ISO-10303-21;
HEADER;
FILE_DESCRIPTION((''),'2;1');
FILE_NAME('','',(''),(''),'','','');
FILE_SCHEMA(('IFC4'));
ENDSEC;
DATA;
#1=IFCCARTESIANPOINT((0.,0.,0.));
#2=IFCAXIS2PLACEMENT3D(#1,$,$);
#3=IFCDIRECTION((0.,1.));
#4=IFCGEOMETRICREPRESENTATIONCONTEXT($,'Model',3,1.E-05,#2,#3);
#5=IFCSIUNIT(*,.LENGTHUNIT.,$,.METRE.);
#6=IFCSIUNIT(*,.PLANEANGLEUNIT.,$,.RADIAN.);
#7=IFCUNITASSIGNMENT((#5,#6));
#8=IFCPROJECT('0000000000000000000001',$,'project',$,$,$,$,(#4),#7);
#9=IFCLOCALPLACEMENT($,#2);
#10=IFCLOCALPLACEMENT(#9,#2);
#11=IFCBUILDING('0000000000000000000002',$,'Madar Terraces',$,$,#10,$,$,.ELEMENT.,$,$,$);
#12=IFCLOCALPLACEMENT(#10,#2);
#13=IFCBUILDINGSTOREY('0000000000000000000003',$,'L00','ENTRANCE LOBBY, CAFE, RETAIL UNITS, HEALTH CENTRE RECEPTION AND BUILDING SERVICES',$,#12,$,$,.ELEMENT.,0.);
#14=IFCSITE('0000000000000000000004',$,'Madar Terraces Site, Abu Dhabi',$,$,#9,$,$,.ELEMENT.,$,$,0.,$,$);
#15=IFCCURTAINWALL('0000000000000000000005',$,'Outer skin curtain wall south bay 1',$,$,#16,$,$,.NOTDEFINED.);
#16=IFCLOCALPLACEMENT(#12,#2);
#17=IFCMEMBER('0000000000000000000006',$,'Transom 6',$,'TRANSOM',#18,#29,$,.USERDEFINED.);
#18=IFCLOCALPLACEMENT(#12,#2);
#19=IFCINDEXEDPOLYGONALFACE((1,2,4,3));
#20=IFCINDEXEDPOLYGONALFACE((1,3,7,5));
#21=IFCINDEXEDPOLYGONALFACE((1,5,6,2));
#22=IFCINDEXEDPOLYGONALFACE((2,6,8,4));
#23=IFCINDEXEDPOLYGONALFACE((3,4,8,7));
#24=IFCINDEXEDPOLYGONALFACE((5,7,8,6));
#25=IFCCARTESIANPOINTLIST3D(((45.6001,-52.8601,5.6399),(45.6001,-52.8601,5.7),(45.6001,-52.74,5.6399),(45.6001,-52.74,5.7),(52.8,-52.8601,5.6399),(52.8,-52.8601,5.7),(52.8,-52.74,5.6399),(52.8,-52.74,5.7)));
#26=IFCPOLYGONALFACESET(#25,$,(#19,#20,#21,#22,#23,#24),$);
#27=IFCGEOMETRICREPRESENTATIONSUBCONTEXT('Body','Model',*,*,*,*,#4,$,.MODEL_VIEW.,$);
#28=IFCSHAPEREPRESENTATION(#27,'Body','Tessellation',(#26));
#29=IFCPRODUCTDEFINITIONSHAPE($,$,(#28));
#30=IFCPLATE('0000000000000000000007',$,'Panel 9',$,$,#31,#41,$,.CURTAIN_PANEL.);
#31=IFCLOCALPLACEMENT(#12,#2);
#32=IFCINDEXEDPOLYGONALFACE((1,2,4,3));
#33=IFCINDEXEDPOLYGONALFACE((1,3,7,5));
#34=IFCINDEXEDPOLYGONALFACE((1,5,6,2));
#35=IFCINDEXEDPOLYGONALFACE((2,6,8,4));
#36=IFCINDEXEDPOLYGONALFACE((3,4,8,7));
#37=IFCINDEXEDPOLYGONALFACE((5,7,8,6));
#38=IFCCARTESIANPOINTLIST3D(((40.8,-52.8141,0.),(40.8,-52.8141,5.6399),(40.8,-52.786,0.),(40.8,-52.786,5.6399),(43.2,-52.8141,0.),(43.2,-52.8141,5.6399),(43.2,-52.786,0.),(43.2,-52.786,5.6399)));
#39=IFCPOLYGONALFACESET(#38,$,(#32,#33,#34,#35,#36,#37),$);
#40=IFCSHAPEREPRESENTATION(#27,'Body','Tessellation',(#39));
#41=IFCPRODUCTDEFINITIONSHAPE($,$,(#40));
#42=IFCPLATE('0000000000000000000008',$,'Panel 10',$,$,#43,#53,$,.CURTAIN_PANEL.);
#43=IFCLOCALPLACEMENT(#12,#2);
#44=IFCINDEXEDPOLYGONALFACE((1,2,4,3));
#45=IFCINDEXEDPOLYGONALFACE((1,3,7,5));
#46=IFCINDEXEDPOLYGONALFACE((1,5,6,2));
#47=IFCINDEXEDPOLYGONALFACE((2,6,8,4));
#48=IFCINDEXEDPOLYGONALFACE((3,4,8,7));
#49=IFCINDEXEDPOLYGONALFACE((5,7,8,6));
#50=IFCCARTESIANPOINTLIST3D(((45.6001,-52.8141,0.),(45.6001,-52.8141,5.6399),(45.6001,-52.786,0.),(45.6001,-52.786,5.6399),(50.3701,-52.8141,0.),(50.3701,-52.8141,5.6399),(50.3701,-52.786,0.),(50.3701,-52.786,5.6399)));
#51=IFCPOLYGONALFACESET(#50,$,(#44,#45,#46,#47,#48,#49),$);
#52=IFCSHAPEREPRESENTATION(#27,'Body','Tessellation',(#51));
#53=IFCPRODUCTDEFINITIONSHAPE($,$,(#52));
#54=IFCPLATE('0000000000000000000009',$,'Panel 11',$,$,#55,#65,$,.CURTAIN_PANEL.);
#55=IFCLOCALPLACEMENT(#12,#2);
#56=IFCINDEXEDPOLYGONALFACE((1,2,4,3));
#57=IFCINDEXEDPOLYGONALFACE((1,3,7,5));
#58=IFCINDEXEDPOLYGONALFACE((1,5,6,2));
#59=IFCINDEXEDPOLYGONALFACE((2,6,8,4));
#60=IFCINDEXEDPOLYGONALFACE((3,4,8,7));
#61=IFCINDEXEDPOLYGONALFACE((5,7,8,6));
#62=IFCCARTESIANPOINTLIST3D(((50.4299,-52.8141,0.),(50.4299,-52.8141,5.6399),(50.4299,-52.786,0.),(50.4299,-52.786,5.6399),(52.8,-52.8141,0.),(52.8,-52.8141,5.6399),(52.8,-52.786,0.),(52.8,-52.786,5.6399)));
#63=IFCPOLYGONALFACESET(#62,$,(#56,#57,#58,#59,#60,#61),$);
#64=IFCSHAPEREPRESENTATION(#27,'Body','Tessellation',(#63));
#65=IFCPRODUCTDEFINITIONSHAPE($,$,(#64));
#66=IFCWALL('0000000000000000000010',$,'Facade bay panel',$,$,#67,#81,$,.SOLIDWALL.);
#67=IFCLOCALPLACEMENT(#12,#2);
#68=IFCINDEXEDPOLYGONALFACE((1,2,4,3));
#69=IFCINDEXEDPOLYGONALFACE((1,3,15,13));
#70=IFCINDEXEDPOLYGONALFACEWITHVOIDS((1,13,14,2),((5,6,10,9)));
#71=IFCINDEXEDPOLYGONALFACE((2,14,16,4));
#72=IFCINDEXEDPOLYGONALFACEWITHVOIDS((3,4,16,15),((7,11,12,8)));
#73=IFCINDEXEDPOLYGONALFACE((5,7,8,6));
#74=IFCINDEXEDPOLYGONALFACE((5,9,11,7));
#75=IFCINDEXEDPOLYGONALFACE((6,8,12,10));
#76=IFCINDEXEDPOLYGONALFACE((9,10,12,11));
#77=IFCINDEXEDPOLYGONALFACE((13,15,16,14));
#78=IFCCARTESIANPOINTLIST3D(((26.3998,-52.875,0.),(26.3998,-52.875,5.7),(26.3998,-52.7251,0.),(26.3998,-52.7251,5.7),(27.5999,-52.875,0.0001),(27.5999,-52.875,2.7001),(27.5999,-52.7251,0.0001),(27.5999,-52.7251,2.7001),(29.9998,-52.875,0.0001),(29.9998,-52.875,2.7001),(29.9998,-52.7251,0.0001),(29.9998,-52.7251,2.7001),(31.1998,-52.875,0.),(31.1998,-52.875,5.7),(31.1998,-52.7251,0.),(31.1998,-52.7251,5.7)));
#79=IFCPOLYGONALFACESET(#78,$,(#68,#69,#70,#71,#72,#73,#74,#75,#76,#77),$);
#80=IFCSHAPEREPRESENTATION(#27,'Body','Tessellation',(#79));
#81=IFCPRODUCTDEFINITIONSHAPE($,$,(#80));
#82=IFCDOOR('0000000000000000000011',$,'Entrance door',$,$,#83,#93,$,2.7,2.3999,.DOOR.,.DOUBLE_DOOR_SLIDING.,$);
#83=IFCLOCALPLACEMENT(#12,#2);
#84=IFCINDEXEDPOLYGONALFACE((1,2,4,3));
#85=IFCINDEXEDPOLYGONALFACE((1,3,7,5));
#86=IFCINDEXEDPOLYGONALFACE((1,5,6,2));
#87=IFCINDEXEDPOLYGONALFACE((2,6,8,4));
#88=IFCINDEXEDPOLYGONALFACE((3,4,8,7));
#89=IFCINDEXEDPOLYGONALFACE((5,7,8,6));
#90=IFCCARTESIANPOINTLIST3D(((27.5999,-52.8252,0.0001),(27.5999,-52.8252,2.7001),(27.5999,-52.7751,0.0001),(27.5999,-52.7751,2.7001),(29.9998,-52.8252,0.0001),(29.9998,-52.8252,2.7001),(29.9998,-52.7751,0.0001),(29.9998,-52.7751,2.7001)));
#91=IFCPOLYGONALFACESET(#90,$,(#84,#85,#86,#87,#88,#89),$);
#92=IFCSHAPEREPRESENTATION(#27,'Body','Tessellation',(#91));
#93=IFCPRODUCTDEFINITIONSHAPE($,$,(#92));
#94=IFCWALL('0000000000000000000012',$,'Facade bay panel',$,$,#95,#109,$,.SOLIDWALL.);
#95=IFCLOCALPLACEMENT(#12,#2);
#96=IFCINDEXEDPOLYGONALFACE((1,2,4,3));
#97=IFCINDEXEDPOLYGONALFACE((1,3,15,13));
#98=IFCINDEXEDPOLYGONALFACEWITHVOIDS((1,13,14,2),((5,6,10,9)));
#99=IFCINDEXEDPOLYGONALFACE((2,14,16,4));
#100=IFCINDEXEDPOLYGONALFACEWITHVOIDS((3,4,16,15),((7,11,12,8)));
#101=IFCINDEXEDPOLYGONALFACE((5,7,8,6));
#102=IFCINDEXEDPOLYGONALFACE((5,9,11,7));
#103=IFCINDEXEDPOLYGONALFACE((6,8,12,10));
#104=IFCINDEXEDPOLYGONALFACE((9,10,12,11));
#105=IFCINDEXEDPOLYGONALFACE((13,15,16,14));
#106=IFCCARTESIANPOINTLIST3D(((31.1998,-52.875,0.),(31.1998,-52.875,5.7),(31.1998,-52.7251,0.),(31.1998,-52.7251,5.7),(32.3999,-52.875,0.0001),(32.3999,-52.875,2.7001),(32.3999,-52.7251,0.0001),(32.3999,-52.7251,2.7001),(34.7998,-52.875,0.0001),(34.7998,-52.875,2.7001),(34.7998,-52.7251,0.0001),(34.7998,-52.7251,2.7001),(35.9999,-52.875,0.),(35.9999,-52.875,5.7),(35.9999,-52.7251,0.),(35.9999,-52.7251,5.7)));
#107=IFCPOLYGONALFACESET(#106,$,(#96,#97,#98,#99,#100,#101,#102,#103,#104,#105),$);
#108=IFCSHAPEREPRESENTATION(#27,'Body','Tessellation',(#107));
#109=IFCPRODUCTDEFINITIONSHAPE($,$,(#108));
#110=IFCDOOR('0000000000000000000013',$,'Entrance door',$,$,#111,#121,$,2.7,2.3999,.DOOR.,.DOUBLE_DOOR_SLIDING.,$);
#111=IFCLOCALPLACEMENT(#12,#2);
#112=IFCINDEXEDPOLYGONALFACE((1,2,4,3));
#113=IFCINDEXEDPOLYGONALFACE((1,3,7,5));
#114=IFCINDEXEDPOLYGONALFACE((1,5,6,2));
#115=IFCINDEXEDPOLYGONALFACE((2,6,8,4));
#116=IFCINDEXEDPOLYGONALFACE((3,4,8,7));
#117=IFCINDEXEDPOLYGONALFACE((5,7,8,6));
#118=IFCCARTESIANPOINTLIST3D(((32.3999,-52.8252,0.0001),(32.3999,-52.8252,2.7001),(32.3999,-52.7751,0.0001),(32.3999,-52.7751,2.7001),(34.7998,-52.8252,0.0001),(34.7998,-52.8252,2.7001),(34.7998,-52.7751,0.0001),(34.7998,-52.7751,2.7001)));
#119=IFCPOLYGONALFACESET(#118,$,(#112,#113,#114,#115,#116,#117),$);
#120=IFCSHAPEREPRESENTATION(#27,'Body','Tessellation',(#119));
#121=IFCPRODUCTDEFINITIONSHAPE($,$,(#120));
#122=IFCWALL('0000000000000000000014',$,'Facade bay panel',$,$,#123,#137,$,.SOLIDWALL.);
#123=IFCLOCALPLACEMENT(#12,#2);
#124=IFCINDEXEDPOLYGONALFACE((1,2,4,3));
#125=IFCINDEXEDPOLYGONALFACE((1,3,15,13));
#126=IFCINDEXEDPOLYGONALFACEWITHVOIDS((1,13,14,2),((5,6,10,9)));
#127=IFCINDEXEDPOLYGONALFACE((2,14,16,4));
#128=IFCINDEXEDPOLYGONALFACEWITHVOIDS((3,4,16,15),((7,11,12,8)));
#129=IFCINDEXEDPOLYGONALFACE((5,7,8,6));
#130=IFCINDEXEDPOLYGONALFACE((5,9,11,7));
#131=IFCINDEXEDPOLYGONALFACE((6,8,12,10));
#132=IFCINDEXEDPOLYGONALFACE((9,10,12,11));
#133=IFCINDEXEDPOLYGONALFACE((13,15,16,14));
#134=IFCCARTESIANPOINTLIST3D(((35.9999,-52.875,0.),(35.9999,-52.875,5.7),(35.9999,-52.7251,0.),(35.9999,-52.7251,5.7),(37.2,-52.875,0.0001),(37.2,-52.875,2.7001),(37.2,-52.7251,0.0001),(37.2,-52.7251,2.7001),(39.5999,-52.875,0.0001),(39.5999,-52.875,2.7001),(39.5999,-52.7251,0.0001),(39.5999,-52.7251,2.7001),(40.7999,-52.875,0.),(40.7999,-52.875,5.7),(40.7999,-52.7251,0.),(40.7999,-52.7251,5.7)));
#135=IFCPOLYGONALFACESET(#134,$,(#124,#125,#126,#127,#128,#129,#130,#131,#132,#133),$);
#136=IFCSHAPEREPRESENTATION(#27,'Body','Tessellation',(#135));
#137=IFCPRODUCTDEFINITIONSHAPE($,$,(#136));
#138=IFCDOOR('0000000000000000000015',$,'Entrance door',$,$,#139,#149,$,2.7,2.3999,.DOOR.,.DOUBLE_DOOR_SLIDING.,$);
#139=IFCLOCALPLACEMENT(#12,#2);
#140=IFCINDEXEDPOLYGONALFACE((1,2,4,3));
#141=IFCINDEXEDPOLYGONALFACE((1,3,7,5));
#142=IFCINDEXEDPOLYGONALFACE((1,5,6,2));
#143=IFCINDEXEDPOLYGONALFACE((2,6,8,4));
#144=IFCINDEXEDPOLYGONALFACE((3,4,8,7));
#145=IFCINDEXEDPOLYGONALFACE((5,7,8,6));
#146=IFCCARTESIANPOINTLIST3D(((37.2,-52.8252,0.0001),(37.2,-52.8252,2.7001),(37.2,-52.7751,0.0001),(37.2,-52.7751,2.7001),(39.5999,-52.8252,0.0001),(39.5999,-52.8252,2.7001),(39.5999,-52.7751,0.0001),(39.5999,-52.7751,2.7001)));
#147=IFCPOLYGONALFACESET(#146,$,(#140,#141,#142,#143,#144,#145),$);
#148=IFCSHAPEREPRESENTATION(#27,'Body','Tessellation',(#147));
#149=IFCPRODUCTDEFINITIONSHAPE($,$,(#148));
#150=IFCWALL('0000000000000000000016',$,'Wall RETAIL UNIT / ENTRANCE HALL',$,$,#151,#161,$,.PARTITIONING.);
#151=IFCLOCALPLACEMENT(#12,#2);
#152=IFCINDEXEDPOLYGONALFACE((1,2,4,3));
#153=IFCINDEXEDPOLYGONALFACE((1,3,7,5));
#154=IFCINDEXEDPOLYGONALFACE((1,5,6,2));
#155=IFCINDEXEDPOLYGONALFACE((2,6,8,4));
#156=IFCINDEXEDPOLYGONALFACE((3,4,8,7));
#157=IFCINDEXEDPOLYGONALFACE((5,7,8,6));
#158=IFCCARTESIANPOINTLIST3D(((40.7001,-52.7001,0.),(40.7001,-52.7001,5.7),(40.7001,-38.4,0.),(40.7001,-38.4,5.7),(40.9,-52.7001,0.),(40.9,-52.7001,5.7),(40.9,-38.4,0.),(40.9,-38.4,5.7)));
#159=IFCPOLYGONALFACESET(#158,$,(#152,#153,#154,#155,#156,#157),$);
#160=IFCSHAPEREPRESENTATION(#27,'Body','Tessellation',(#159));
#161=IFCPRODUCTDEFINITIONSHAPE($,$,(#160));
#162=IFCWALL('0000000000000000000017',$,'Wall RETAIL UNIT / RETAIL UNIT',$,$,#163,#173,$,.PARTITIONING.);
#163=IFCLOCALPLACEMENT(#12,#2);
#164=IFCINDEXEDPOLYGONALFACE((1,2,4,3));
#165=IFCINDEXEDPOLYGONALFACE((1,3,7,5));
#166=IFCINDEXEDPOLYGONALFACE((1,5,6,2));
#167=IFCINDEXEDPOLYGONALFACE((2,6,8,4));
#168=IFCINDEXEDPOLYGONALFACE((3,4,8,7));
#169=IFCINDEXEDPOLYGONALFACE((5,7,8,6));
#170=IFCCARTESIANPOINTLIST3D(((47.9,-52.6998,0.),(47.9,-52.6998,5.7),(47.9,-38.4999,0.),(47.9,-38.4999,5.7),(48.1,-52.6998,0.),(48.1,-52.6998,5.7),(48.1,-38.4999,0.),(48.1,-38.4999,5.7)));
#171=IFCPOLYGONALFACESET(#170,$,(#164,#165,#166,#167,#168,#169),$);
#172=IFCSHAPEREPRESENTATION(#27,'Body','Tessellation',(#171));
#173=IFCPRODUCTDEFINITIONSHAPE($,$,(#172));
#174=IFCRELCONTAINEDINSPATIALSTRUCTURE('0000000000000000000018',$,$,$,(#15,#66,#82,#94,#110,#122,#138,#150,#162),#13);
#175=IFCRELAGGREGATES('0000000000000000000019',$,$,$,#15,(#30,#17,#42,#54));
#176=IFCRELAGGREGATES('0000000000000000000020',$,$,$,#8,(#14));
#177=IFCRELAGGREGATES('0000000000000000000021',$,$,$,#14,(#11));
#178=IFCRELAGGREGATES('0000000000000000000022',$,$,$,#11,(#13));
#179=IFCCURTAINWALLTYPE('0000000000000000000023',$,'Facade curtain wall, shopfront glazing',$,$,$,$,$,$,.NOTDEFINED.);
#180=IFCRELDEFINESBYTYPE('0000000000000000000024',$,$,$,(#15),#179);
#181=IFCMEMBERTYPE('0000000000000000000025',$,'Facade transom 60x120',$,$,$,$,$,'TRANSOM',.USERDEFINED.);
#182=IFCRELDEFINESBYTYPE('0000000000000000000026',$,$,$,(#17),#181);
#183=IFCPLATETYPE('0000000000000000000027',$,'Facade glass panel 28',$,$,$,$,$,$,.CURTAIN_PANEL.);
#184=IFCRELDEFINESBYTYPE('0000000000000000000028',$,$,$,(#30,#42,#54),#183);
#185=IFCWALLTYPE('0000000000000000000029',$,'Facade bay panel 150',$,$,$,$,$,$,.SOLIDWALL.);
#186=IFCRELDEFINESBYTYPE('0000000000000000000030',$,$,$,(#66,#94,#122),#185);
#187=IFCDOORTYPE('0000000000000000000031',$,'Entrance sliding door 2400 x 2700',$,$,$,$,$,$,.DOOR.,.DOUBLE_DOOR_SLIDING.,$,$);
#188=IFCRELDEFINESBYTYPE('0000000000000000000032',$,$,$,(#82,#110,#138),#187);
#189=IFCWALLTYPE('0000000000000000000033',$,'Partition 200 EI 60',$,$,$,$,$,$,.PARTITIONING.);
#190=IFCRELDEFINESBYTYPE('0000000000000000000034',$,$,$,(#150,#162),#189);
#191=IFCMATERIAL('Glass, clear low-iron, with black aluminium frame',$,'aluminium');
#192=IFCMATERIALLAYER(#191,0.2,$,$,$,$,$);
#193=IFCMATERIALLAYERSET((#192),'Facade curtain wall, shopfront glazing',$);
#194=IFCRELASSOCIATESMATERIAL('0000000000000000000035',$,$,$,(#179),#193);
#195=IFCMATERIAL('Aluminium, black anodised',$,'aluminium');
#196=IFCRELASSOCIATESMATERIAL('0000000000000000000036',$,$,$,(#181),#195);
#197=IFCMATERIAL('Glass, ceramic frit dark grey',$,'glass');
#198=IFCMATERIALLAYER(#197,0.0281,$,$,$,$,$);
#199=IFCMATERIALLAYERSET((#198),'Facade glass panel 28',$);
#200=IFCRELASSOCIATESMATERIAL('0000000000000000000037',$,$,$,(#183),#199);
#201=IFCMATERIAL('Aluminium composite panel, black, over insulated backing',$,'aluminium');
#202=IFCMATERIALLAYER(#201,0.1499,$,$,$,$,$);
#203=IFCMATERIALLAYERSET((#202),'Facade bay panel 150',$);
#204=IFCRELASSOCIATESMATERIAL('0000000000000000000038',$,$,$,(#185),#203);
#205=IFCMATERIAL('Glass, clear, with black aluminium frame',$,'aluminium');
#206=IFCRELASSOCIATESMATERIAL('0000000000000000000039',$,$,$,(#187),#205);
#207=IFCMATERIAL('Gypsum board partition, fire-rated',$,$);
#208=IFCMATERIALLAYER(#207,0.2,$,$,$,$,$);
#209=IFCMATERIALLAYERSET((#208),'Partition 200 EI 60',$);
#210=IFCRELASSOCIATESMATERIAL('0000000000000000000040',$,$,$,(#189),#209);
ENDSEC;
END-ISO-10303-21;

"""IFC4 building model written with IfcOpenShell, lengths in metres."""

from ifc_helpers import new_model, si_unit, direction, frame, frame_2d, origin, origin_2d, place, context, subcontext, project, spatial, rectangle, extrude, material, layer, layer_set, material_profile, profile_set, type_object, element, fill, aggregate, save


model = new_model("IFC4")

# Units and contexts
model_context = context("Model", 3, precision=1e-05, world=origin(), true_north=direction((0.0, 1.0)))
body_context = subcontext(model_context, "Body", "Model", "MODEL_VIEW")
ifc_project = project(units=[si_unit("LENGTHUNIT", "METRE"), si_unit("PLANEANGLEUNIT", "RADIAN")], contexts=[model_context])

# Site, building, storey
site_placement = place(None, origin())
site = spatial("IfcSite", under=ifc_project, at=site_placement, Name="Madar Terraces Site, Abu Dhabi", CompositionType="ELEMENT", RefElevation=0.0)
building_placement = place(site_placement, origin())
building = spatial("IfcBuilding", under=site, at=building_placement, Name="Madar Terraces", CompositionType="ELEMENT")
storey_placement = place(building_placement, origin())
storey = spatial("IfcBuildingStorey", under=building, at=storey_placement, Name="L00", Description="ENTRANCE LOBBY, CAFE, RETAIL UNITS, HEALTH CENTRE RECEPTION AND BUILDING SERVICES", CompositionType="ELEMENT", Elevation=0.0)

# Curtain wall, member, plates
ifc_material_1 = material(Name="Glass, clear low-iron, with black aluminium frame", Category="aluminium")
ifc_layer_1 = layer(ifc_material_1, 0.2)
ifc_layer_set_1 = layer_set([ifc_layer_1], Name="Facade curtain wall, shopfront glazing")
curtain_wall_type = type_object("IfcCurtainWallType", Name="Facade curtain wall, shopfront glazing", PredefinedType="NOTDEFINED", material=ifc_layer_set_1)
curtain_wall_placement = place(storey_placement, origin())
curtain_wall = element("IfcCurtainWall", 1, at=curtain_wall_placement, inside=storey, type_object=curtain_wall_type, Name="Outer skin curtain wall south bay 1", PredefinedType="NOTDEFINED")
ifc_material_2 = material(Name="Aluminium, black anodised", Category="aluminium")
ifc_material_profile_1 = material_profile(ifc_material_2, rectangle(XDim=0.1201, YDim=0.0601, at=origin_2d()), Name="Facade transom 60x120")
ifc_profile_set_1 = profile_set([ifc_material_profile_1], Name="Aluminium, black anodised")
member_type_1 = type_object("IfcMemberType", Name="Facade transom 60x120", ElementType="TRANSOM", PredefinedType="USERDEFINED", material=ifc_profile_set_1)
member_1_placement = place(storey_placement, frame((45.6001, -52.8, 5.6699), z_axis=(1.0, 0.0, 0.0), x_axis=(0.0, 1.0, 0.0)))
member_1 = element("IfcMember", 2, at=member_1_placement, type_object=member_type_1, Name="Transom 6", ObjectType="TRANSOM", PredefinedType="USERDEFINED", context=body_context, shape_type="SweptSolid", body=[
    extrude(rectangle(XDim=0.1201, YDim=0.0601, at=origin_2d()), origin(), (0.0, 0.0, 1.0), 7.2),
])
ifc_material_3 = material(Name="Glass, ceramic frit dark grey", Category="glass")
ifc_layer_2 = layer(ifc_material_3, 0.0281)
ifc_layer_set_2 = layer_set([ifc_layer_2], Name="Facade glass panel 28")
plate_type = type_object("IfcPlateType", Name="Facade glass panel 28", PredefinedType="CURTAIN_PANEL", material=ifc_layer_set_2)
plate_1_placement = place(storey_placement, frame((42.0, -52.8, 0.0), z_axis=(0.0, 0.0, 1.0), x_axis=(1.0, 0.0, 0.0)))
plate_1 = element("IfcPlate", 3, at=plate_1_placement, type_object=plate_type, Name="Panel 9", PredefinedType="CURTAIN_PANEL", context=body_context, shape_type="SweptSolid", body=[
    extrude(rectangle(XDim=2.3999, YDim=0.0281, at=origin_2d()), origin(), (0.0, 0.0, 1.0), 5.6399),
])
plate_2_placement = place(storey_placement, frame((47.9851, -52.8, 0.0), z_axis=(0.0, 0.0, 1.0), x_axis=(1.0, 0.0, 0.0)))
plate_2 = element("IfcPlate", 4, at=plate_2_placement, type_object=plate_type, Name="Panel 10", PredefinedType="CURTAIN_PANEL", context=body_context, shape_type="SweptSolid", body=[
    extrude(rectangle(XDim=4.77, YDim=0.0281, at=origin_2d()), origin(), (0.0, 0.0, 1.0), 5.6399),
])
plate_3_placement = place(storey_placement, frame((51.615, -52.8, 0.0), z_axis=(0.0, 0.0, 1.0), x_axis=(1.0, 0.0, 0.0)))
plate_3 = element("IfcPlate", 5, at=plate_3_placement, type_object=plate_type, Name="Panel 11", PredefinedType="CURTAIN_PANEL", context=body_context, shape_type="SweptSolid", body=[
    extrude(rectangle(XDim=2.3701, YDim=0.0281, at=origin_2d()), origin(), (0.0, 0.0, 1.0), 5.6399),
])
aggregate(curtain_wall, [plate_1, member_1, plate_2, plate_3])

# Walls, openings, doors
ifc_material_4 = material(Name="Aluminium composite panel, black, over insulated backing", Category="aluminium")
ifc_layer_3 = layer(ifc_material_4, 0.1499)
ifc_layer_set_3 = layer_set([ifc_layer_3], Name="Facade bay panel 150")
wall_type_1 = type_object("IfcWallType", Name="Facade bay panel 150", PredefinedType="SOLIDWALL", material=ifc_layer_set_3)
wall_1_placement = place(storey_placement, frame((26.3999, -52.8, 0.0), z_axis=(0.0, 0.0, 1.0), x_axis=(1.0, 0.0, 0.0)))
wall_1 = element("IfcWall", 6, at=wall_1_placement, inside=storey, type_object=wall_type_1, Name="Facade bay panel", PredefinedType="SOLIDWALL", context=body_context, shape_type="SweptSolid", body=[
    extrude(rectangle(XDim=4.8, YDim=0.1499, at=frame_2d((2.3999, 0.0))), origin(), (0.0, 0.0, 1.0), 5.7),
])
opening_1_placement = place(wall_1_placement, frame((1.2, 0.0, 0.0)))
opening_1 = element("IfcOpeningElement", 7, at=opening_1_placement, cuts=wall_1, PredefinedType="OPENING", context=body_context, shape_type="SweptSolid", body=[
    extrude(rectangle(XDim=2.3999, YDim=2.7, at=frame_2d((1.2, 1.3501))), frame((0.0, 0.085, 0.0), z_axis=(0.0, -1.0, 0.0), x_axis=(1.0, 0.0, 0.0)), (0.0, 0.0, 1.0), 0.1699),
])
ifc_material_5 = material(Name="Glass, clear, with black aluminium frame", Category="aluminium")
door_type_1 = type_object("IfcDoorType", Name="Entrance sliding door 2400 x 2700", OperationType="DOUBLE_DOOR_SLIDING", PredefinedType="DOOR", material=ifc_material_5)
door_1_placement = place(opening_1_placement, origin())
door_1 = element("IfcDoor", 8, at=door_1_placement, inside=storey, type_object=door_type_1, Name="Entrance door", OperationType="DOUBLE_DOOR_SLIDING", OverallHeight=2.7, OverallWidth=2.3999, PredefinedType="DOOR", context=body_context, shape_type="SweptSolid", body=[
    extrude(rectangle(XDim=2.3999, YDim=2.7, at=frame_2d((1.2, 1.3501))), frame((0.0, 0.0249, 0.0), z_axis=(0.0, -1.0, 0.0), x_axis=(1.0, 0.0, 0.0)), (0.0, 0.0, 1.0), 0.05),
])
fill(opening_1, door_1)
wall_2_placement = place(storey_placement, frame((31.2, -52.8, 0.0), z_axis=(0.0, 0.0, 1.0), x_axis=(1.0, 0.0, 0.0)))
wall_2 = element("IfcWall", 9, at=wall_2_placement, inside=storey, type_object=wall_type_1, Name="Facade bay panel", PredefinedType="SOLIDWALL", context=body_context, shape_type="SweptSolid", body=[
    extrude(rectangle(XDim=4.8, YDim=0.1499, at=frame_2d((2.3999, 0.0))), origin(), (0.0, 0.0, 1.0), 5.7),
])
opening_2_placement = place(wall_2_placement, frame((1.2, 0.0, 0.0)))
opening_2 = element("IfcOpeningElement", 10, at=opening_2_placement, cuts=wall_2, PredefinedType="OPENING", context=body_context, shape_type="SweptSolid", body=[
    extrude(rectangle(XDim=2.3999, YDim=2.7, at=frame_2d((1.2, 1.3501))), frame((0.0, 0.085, 0.0), z_axis=(0.0, -1.0, 0.0), x_axis=(1.0, 0.0, 0.0)), (0.0, 0.0, 1.0), 0.1699),
])
door_2_placement = place(opening_2_placement, origin())
door_2 = element("IfcDoor", 11, at=door_2_placement, inside=storey, type_object=door_type_1, Name="Entrance door", OperationType="DOUBLE_DOOR_SLIDING", OverallHeight=2.7, OverallWidth=2.3999, PredefinedType="DOOR", context=body_context, shape_type="SweptSolid", body=[
    extrude(rectangle(XDim=2.3999, YDim=2.7, at=frame_2d((1.2, 1.3501))), frame((0.0, 0.0249, 0.0), z_axis=(0.0, -1.0, 0.0), x_axis=(1.0, 0.0, 0.0)), (0.0, 0.0, 1.0), 0.05),
])
fill(opening_2, door_2)
wall_3_placement = place(storey_placement, frame((36.0, -52.8, 0.0), z_axis=(0.0, 0.0, 1.0), x_axis=(1.0, 0.0, 0.0)))
wall_3 = element("IfcWall", 12, at=wall_3_placement, inside=storey, type_object=wall_type_1, Name="Facade bay panel", PredefinedType="SOLIDWALL", context=body_context, shape_type="SweptSolid", body=[
    extrude(rectangle(XDim=4.8, YDim=0.1499, at=frame_2d((2.3999, 0.0))), origin(), (0.0, 0.0, 1.0), 5.7),
])
opening_3_placement = place(wall_3_placement, frame((1.2, 0.0, 0.0)))
opening_3 = element("IfcOpeningElement", 13, at=opening_3_placement, cuts=wall_3, PredefinedType="OPENING", context=body_context, shape_type="SweptSolid", body=[
    extrude(rectangle(XDim=2.3999, YDim=2.7, at=frame_2d((1.2, 1.3501))), frame((0.0, 0.085, 0.0), z_axis=(0.0, -1.0, 0.0), x_axis=(1.0, 0.0, 0.0)), (0.0, 0.0, 1.0), 0.1699),
])
door_3_placement = place(opening_3_placement, origin())
door_3 = element("IfcDoor", 14, at=door_3_placement, inside=storey, type_object=door_type_1, Name="Entrance door", OperationType="DOUBLE_DOOR_SLIDING", OverallHeight=2.7, OverallWidth=2.3999, PredefinedType="DOOR", context=body_context, shape_type="SweptSolid", body=[
    extrude(rectangle(XDim=2.3999, YDim=2.7, at=frame_2d((1.2, 1.3501))), frame((0.0, 0.0249, 0.0), z_axis=(0.0, -1.0, 0.0), x_axis=(1.0, 0.0, 0.0)), (0.0, 0.0, 1.0), 0.05),
])
fill(opening_3, door_3)

# Walls
ifc_material_6 = material(Name="Gypsum board partition, fire-rated")
ifc_layer_4 = layer(ifc_material_6, 0.2)
ifc_layer_set_4 = layer_set([ifc_layer_4], Name="Partition 200 EI 60")
wall_type_2 = type_object("IfcWallType", Name="Partition 200 EI 60", PredefinedType="PARTITIONING", material=ifc_layer_set_4)
wall_4_placement = place(storey_placement, frame((40.8, -52.7, 0.0), z_axis=(0.0, 0.0, 1.0), x_axis=(0.0, 1.0, 0.0)))
element("IfcWall", 15, at=wall_4_placement, inside=storey, type_object=wall_type_2, Name="Wall RETAIL UNIT / ENTRANCE HALL", PredefinedType="PARTITIONING", context=body_context, shape_type="SweptSolid", body=[
    extrude(rectangle(XDim=14.3, YDim=0.2, at=frame_2d((7.1499, 0.0))), origin(), (0.0, 0.0, 1.0), 5.7),
])
wall_5_placement = place(storey_placement, frame((48.0, -52.7, 0.0), z_axis=(0.0, 0.0, 1.0), x_axis=(0.0, 1.0, 0.0)))
element("IfcWall", 16, at=wall_5_placement, inside=storey, type_object=wall_type_2, Name="Wall RETAIL UNIT / RETAIL UNIT", PredefinedType="PARTITIONING", context=body_context, shape_type="SweptSolid", body=[
    extrude(rectangle(XDim=14.2, YDim=0.2, at=frame_2d((7.1001, 0.0))), origin(), (0.0, 0.0, 1.0), 5.7),
])

save(model, "model.ifc")
